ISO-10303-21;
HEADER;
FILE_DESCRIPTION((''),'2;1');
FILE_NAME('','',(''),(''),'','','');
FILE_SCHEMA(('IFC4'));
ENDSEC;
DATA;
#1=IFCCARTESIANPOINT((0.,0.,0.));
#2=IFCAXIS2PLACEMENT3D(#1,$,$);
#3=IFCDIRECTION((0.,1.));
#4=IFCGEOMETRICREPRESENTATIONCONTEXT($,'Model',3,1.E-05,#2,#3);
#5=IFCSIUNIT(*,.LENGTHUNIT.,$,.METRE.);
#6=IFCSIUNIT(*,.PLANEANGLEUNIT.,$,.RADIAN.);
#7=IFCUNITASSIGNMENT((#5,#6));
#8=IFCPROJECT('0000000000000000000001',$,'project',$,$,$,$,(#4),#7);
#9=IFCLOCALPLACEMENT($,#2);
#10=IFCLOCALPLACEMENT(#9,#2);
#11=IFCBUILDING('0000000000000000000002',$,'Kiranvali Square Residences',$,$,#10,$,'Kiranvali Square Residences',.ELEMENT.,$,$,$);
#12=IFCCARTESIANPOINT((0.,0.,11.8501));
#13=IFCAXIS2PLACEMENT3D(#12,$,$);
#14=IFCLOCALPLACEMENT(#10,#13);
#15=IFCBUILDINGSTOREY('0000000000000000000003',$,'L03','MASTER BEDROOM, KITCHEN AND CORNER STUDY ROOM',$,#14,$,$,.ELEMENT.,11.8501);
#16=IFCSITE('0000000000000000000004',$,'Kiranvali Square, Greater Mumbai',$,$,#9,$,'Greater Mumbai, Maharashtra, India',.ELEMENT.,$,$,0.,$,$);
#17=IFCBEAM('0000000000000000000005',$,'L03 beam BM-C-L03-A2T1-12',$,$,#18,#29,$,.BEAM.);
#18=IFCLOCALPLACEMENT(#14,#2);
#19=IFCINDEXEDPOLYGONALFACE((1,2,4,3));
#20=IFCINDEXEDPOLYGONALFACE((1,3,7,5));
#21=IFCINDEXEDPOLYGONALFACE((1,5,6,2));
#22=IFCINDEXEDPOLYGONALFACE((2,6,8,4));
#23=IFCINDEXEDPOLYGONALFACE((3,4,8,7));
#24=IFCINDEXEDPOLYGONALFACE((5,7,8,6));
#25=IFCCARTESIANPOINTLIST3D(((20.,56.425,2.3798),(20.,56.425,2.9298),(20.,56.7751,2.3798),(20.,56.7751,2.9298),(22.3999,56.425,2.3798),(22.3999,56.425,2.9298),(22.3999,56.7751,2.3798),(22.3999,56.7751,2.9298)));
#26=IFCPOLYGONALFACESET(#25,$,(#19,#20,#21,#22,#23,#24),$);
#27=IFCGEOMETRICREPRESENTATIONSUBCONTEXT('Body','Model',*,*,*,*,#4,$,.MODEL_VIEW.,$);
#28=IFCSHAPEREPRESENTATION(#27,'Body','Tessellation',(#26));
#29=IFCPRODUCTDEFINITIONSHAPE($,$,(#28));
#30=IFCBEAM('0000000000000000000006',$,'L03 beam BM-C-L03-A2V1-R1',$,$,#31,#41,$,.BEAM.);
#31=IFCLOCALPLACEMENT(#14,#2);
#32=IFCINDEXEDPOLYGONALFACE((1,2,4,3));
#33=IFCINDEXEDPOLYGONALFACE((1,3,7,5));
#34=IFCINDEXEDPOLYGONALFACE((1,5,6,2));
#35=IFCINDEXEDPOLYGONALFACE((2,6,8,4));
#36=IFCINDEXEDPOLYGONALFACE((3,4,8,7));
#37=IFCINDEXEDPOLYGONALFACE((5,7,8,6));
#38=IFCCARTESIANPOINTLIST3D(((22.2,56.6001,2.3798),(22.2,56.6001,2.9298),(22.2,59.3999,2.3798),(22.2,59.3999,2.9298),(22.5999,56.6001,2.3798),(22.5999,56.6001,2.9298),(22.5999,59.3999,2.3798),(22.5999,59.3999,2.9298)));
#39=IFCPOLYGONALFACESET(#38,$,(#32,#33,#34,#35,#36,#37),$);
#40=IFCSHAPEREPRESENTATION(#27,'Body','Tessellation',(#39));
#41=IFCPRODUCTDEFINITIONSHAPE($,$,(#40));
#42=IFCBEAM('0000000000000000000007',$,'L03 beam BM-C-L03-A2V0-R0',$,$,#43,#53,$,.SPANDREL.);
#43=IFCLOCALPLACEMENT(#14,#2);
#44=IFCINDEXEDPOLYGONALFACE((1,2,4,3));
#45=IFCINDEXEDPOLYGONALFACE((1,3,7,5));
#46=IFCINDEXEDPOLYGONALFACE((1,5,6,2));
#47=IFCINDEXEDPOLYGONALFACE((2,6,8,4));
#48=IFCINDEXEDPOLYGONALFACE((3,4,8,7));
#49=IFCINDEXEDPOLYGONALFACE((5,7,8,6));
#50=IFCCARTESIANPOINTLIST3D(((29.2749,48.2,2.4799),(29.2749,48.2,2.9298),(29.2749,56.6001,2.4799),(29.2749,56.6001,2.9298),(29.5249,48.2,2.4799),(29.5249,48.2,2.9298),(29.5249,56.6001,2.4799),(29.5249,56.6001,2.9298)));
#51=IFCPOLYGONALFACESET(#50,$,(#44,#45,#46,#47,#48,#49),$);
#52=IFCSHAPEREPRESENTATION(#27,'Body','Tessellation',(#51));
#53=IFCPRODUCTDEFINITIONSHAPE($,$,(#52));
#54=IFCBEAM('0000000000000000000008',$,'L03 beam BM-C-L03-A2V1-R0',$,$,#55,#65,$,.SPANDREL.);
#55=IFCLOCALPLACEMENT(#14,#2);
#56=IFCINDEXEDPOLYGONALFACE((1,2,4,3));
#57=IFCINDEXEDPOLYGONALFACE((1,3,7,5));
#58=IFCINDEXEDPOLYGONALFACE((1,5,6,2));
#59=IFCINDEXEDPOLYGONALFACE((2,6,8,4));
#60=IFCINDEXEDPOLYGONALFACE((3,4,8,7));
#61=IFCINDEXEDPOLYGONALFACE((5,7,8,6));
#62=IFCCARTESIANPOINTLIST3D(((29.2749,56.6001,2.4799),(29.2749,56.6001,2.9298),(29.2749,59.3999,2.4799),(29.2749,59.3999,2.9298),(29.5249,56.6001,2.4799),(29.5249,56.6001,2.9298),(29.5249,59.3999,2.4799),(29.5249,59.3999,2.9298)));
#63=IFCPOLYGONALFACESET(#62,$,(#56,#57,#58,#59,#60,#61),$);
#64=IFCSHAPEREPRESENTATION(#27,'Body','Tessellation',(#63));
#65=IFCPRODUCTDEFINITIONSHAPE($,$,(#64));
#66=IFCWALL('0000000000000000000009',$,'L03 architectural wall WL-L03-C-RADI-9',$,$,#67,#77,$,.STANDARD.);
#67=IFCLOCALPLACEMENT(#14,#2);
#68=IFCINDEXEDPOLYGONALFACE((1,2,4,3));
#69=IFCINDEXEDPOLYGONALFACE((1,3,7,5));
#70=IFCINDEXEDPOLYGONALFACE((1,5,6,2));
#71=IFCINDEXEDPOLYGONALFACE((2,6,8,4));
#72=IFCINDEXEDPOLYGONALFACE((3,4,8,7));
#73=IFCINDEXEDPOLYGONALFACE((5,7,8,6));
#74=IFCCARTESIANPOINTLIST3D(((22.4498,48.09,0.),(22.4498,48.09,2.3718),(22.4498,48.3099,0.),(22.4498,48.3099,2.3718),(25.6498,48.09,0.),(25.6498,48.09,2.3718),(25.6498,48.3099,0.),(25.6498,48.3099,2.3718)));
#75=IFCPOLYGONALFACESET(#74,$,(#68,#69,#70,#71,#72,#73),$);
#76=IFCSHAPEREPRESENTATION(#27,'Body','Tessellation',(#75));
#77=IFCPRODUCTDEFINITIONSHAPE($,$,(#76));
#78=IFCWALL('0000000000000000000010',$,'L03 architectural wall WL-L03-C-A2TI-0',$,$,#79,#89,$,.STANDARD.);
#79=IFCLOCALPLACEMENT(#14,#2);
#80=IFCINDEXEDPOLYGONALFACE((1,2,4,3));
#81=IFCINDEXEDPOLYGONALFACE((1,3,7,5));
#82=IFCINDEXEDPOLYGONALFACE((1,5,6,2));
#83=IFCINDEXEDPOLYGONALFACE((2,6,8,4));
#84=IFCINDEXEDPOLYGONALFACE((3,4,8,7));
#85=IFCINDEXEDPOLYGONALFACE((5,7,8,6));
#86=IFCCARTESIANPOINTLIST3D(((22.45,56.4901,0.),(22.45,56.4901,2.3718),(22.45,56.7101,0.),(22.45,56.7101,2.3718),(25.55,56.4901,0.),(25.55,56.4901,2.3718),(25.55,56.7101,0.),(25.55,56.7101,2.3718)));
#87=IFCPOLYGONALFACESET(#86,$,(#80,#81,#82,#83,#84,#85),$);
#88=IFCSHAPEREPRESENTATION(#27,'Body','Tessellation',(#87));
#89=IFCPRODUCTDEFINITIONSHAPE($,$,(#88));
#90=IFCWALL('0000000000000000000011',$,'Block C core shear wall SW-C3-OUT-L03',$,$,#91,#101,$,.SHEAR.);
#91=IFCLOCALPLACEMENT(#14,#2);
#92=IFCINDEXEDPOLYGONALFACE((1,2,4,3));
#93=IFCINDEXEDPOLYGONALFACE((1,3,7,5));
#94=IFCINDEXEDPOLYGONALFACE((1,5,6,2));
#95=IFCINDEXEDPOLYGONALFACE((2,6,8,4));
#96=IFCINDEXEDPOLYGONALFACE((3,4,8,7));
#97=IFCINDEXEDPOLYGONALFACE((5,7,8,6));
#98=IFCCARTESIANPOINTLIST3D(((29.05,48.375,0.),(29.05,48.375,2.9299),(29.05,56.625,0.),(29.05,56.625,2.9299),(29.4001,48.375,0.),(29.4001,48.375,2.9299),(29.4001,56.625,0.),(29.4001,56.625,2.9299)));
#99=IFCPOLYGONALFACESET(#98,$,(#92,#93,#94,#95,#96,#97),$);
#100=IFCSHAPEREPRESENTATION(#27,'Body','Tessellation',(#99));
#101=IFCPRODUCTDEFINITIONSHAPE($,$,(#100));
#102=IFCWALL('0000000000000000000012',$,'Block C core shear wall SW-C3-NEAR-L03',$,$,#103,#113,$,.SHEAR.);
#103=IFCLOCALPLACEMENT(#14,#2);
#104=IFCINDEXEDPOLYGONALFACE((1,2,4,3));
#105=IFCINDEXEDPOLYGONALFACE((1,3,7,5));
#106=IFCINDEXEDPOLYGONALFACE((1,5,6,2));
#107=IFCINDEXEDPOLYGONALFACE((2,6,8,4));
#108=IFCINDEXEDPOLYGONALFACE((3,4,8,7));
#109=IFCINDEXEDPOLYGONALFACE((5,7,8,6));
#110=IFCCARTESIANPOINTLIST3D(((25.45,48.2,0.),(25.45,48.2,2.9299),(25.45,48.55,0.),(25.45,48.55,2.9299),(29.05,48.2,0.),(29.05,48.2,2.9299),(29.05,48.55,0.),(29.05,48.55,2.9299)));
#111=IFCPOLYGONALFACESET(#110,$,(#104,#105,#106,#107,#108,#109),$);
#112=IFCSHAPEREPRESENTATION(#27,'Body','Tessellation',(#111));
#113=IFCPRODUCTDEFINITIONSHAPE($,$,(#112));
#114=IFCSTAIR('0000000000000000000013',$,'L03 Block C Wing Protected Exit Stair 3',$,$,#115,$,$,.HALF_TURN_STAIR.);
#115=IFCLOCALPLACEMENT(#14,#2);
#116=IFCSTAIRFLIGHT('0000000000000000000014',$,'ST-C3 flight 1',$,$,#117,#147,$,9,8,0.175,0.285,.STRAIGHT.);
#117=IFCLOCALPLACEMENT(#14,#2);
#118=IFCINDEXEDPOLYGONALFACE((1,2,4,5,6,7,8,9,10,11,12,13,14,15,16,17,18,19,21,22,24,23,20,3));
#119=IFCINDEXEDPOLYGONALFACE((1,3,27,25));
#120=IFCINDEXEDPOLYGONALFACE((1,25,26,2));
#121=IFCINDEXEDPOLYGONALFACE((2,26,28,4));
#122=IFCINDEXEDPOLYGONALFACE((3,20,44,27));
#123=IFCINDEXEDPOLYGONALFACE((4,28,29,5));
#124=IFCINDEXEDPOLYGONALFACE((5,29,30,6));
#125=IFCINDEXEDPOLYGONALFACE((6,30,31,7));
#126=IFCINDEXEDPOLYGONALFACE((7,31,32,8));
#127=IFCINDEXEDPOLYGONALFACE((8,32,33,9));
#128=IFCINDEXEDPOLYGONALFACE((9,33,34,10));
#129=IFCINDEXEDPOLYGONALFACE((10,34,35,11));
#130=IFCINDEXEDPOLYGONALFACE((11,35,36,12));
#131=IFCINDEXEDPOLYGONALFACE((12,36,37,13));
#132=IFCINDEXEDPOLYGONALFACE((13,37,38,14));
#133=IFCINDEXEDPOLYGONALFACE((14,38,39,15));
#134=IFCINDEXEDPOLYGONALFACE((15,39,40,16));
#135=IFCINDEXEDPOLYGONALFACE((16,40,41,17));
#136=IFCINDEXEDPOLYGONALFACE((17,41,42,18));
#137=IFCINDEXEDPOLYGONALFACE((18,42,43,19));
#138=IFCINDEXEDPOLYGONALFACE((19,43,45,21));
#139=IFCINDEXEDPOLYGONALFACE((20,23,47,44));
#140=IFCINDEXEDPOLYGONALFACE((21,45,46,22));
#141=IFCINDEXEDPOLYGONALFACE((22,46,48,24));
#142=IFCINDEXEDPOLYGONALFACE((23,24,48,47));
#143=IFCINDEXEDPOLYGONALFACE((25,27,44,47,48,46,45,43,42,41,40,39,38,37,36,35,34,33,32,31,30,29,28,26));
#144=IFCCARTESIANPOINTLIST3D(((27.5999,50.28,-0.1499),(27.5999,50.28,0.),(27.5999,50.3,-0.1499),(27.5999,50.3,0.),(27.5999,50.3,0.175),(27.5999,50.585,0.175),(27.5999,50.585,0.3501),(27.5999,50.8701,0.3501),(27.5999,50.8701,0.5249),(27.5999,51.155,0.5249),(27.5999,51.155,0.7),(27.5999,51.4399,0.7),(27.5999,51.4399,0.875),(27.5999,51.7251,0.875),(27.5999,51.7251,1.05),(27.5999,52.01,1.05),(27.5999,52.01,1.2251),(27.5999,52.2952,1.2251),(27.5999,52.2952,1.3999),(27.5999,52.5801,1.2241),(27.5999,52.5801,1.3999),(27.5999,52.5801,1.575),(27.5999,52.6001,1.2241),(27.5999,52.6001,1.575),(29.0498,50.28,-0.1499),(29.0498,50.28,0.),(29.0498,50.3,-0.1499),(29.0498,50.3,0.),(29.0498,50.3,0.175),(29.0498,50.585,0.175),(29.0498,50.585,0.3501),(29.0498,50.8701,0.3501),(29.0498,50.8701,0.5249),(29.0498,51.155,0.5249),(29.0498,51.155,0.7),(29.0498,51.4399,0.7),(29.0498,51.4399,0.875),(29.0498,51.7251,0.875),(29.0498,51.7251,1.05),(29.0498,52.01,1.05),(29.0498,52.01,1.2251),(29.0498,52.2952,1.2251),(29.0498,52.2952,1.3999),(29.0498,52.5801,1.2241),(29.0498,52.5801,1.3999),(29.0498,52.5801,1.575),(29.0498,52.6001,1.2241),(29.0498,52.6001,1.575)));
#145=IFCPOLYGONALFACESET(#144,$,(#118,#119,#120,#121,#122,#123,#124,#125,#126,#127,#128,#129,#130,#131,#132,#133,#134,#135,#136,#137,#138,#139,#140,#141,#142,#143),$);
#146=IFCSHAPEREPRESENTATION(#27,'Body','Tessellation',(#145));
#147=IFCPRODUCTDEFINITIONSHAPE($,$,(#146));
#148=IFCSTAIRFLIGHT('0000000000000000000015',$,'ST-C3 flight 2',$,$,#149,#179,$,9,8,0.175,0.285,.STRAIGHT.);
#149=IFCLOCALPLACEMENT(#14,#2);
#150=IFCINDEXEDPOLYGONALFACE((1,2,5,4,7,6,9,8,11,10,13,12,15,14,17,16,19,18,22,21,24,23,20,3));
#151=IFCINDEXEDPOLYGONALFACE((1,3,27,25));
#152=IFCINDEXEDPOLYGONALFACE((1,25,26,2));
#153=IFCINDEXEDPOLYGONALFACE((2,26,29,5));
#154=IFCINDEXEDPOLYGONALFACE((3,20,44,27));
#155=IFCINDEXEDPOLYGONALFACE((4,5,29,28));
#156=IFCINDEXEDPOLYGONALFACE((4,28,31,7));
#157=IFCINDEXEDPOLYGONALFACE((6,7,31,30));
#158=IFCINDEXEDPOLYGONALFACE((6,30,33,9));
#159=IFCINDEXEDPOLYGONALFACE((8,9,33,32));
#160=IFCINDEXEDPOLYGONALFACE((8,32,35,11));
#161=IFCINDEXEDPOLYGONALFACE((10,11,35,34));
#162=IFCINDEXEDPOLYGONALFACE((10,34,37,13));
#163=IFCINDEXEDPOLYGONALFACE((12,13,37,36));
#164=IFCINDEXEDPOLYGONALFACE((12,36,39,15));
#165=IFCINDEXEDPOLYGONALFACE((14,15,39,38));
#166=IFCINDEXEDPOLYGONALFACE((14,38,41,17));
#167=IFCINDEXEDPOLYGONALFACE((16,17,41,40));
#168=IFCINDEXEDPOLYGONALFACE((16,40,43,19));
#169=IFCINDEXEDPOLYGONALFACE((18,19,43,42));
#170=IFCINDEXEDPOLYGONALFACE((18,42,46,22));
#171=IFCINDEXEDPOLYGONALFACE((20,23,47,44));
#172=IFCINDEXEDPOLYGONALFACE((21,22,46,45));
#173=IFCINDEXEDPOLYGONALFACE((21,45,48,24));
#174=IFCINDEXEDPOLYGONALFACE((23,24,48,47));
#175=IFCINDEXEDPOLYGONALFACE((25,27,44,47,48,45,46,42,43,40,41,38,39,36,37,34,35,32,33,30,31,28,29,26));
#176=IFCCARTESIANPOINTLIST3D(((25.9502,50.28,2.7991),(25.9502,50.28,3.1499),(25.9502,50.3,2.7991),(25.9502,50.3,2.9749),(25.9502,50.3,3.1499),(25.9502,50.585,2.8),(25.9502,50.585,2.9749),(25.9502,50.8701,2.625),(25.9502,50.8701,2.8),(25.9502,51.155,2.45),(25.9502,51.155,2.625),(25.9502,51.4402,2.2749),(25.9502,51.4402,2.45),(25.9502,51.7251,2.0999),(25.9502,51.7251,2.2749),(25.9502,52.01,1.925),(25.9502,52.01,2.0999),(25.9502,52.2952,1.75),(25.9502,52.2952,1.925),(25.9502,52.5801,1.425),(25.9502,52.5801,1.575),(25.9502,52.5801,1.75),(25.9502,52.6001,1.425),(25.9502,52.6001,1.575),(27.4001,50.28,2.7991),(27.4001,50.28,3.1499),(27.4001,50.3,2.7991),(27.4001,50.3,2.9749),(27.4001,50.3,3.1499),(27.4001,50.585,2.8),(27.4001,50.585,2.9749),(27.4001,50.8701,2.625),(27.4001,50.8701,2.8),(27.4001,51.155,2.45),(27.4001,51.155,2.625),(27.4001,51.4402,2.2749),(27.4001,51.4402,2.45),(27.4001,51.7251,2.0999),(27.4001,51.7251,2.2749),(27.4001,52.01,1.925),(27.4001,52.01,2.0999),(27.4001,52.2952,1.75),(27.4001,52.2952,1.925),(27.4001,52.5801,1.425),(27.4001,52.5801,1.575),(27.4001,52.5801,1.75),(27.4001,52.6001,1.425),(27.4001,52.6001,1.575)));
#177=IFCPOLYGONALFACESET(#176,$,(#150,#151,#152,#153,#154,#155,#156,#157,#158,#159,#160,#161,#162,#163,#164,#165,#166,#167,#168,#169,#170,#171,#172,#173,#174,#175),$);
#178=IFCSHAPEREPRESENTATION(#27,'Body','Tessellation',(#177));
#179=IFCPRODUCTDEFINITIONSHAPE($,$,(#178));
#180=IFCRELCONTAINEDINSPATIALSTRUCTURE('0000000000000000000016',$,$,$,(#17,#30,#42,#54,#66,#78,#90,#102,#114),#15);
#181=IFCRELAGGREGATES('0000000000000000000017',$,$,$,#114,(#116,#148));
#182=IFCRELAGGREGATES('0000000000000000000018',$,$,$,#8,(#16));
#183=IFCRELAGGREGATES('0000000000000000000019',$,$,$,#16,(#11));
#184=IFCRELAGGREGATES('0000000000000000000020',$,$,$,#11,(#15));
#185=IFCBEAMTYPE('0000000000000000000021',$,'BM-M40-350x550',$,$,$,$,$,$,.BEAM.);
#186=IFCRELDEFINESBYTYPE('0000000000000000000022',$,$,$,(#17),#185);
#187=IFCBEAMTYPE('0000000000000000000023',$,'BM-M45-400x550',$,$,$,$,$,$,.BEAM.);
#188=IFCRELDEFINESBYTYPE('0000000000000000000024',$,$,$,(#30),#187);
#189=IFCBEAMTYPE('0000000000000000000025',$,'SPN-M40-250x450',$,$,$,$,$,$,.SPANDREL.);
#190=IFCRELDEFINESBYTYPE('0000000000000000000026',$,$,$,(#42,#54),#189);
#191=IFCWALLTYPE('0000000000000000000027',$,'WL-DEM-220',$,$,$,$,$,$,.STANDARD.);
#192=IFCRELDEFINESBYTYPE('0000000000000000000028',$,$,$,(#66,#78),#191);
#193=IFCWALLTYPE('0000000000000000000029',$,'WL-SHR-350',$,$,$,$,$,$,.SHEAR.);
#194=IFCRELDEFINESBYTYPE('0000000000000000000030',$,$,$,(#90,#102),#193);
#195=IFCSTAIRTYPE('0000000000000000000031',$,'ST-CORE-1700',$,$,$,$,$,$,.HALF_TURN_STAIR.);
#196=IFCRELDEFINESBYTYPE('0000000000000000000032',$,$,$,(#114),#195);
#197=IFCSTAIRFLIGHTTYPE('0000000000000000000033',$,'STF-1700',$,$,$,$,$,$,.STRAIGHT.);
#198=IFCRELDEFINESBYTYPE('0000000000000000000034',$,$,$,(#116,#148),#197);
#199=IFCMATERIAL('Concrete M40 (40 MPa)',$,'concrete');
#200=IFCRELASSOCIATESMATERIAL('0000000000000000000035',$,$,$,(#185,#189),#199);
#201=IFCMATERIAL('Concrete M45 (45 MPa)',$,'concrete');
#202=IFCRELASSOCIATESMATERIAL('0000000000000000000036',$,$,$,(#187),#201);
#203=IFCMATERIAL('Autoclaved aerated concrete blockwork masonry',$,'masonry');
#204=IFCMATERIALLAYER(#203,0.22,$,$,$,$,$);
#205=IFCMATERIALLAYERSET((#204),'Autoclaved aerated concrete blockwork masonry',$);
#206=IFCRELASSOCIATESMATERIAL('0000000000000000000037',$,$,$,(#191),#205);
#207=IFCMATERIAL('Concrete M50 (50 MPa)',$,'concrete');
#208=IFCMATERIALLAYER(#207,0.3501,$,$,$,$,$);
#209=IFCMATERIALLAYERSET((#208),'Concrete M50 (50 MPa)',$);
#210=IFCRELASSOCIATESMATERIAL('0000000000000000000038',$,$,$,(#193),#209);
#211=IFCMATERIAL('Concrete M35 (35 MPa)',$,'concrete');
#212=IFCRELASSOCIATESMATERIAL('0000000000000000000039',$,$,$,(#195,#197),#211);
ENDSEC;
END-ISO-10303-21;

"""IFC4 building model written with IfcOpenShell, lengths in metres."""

from ifc_helpers import new_model, si_unit, direction, frame, frame_2d, origin, origin_2d, place, context, subcontext, project, spatial, polyline, rectangle, outline, extrude, material, layer, layer_set, material_profile, profile_set, type_object, element, aggregate, save


model = new_model("IFC4")

# Units and contexts
model_context = context("Model", 3, precision=1e-05, world=origin(), true_north=direction((0.0, 1.0)))
body_context = subcontext(model_context, "Body", "Model", "MODEL_VIEW")
ifc_project = project(units=[si_unit("LENGTHUNIT", "METRE"), si_unit("PLANEANGLEUNIT", "RADIAN")], contexts=[model_context])

# Site, building, storey
site_placement = place(None, origin())
site = spatial("IfcSite", under=ifc_project, at=site_placement, Name="Kiranvali Square, Greater Mumbai", LongName="Greater Mumbai, Maharashtra, India", CompositionType="ELEMENT", RefElevation=0.0)
building_placement = place(site_placement, origin())
building = spatial("IfcBuilding", under=site, at=building_placement, Name="Kiranvali Square Residences", LongName="Kiranvali Square Residences", CompositionType="ELEMENT")
storey_placement = place(building_placement, frame((0.0, 0.0, 11.8501)))
storey = spatial("IfcBuildingStorey", under=building, at=storey_placement, Name="L03", Description="MASTER BEDROOM, KITCHEN AND CORNER STUDY ROOM", CompositionType="ELEMENT", Elevation=11.8501)

# Beams
ifc_material_1 = material(Name="Concrete M40 (40 MPa)", Category="concrete")
ifc_material_profile_1 = material_profile(ifc_material_1, rectangle(XDim=0.3501, YDim=0.55, at=origin_2d()), Name="RC 350x550")
ifc_profile_set_1 = profile_set([ifc_material_profile_1], Name="Concrete M40 (40 MPa)")
beam_type_1 = type_object("IfcBeamType", Name="BM-M40-350x550", PredefinedType="BEAM", material=ifc_profile_set_1)
beam_1_placement = place(storey_placement, frame((22.3999, 56.6001, 2.6548), z_axis=(-1.0, 0.0, 0.0), x_axis=(0.0, -1.0, 0.0)))
element("IfcBeam", 1, at=beam_1_placement, inside=storey, type_object=beam_type_1, Name="L03 beam BM-C-L03-A2T1-12", PredefinedType="BEAM", context=body_context, shape_type="SweptSolid", body=[
    extrude(rectangle(XDim=0.3501, YDim=0.55, at=origin_2d()), origin(), (0.0, 0.0, 1.0), 2.3999),
])
ifc_material_2 = material(Name="Concrete M45 (45 MPa)", Category="concrete")
ifc_material_profile_2 = material_profile(ifc_material_2, rectangle(XDim=0.3999, YDim=0.55, at=origin_2d()), Name="RC 400x550")
ifc_profile_set_2 = profile_set([ifc_material_profile_2], Name="Concrete M45 (45 MPa)")
beam_type_2 = type_object("IfcBeamType", Name="BM-M45-400x550", PredefinedType="BEAM", material=ifc_profile_set_2)
beam_2_placement = place(storey_placement, frame((22.3999, 56.6001, 2.6548), z_axis=(0.0, 1.0, 0.0), x_axis=(-1.0, 0.0, 0.0)))
element("IfcBeam", 2, at=beam_2_placement, inside=storey, type_object=beam_type_2, Name="L03 beam BM-C-L03-A2V1-R1", PredefinedType="BEAM", context=body_context, shape_type="SweptSolid", body=[
    extrude(rectangle(XDim=0.3999, YDim=0.55, at=origin_2d()), origin(), (0.0, 0.0, 1.0), 2.7998),
])
ifc_material_profile_3 = material_profile(ifc_material_1, rectangle(XDim=0.25, YDim=0.45, at=origin_2d()), Name="RC 250x450")
ifc_profile_set_3 = profile_set([ifc_material_profile_3], Name="Concrete M40 (40 MPa)")
beam_type_3 = type_object("IfcBeamType", Name="SPN-M40-250x450", PredefinedType="SPANDREL", material=ifc_profile_set_3)
beam_3_placement = place(storey_placement, frame((29.3999, 48.2, 2.7048), z_axis=(0.0, 1.0, 0.0), x_axis=(-1.0, 0.0, 0.0)))
element("IfcBeam", 3, at=beam_3_placement, inside=storey, type_object=beam_type_3, Name="L03 beam BM-C-L03-A2V0-R0", PredefinedType="SPANDREL", context=body_context, shape_type="SweptSolid", body=[
    extrude(rectangle(XDim=0.25, YDim=0.45, at=origin_2d()), origin(), (0.0, 0.0, 1.0), 8.4001),
])
beam_4_placement = place(storey_placement, frame((29.3999, 56.6001, 2.7048), z_axis=(0.0, 1.0, 0.0), x_axis=(-1.0, 0.0, 0.0)))
element("IfcBeam", 4, at=beam_4_placement, inside=storey, type_object=beam_type_3, Name="L03 beam BM-C-L03-A2V1-R0", PredefinedType="SPANDREL", context=body_context, shape_type="SweptSolid", body=[
    extrude(rectangle(XDim=0.25, YDim=0.45, at=origin_2d()), origin(), (0.0, 0.0, 1.0), 2.7998),
])

# Shared definitions
ifc_material_3 = material(Name="Autoclaved aerated concrete blockwork masonry", Category="masonry")

# Walls
ifc_layer_1 = layer(ifc_material_3, 0.22)
ifc_layer_set_1 = layer_set([ifc_layer_1], Name="Autoclaved aerated concrete blockwork masonry")
wall_type_1 = type_object("IfcWallType", Name="WL-DEM-220", PredefinedType="STANDARD", material=ifc_layer_set_1)
wall_1_placement = place(storey_placement, frame((25.6499, 48.2, 0.0), z_axis=(0.0, 0.0, 1.0), x_axis=(-1.0, 0.0, 0.0)))
element("IfcWall", 5, at=wall_1_placement, inside=storey, type_object=wall_type_1, Name="L03 architectural wall WL-L03-C-RADI-9", PredefinedType="STANDARD", context=body_context, shape_type="SweptSolid", body=[
    extrude(rectangle(XDim=3.2, YDim=0.22, at=frame_2d((1.6001, 0.0))), origin(), (0.0, 0.0, 1.0), 2.3718),
])
wall_2_placement = place(storey_placement, frame((25.55, 56.6001, 0.0), z_axis=(0.0, 0.0, 1.0), x_axis=(-1.0, 0.0, 0.0)))
element("IfcWall", 6, at=wall_2_placement, inside=storey, type_object=wall_type_1, Name="L03 architectural wall WL-L03-C-A2TI-0", PredefinedType="STANDARD", context=body_context, shape_type="SweptSolid", body=[
    extrude(rectangle(XDim=3.1001, YDim=0.22, at=frame_2d((1.55, 0.0))), origin(), (0.0, 0.0, 1.0), 2.3718),
])
ifc_material_4 = material(Name="Concrete M50 (50 MPa)", Category="concrete")
ifc_layer_2 = layer(ifc_material_4, 0.3501)
ifc_layer_set_2 = layer_set([ifc_layer_2], Name="Concrete M50 (50 MPa)")
wall_type_2 = type_object("IfcWallType", Name="WL-SHR-350", PredefinedType="SHEAR", material=ifc_layer_set_2)
wall_3_placement = place(storey_placement, frame((29.2251, 48.375, 0.0), z_axis=(0.0, 0.0, 1.0), x_axis=(0.0, 1.0, 0.0)))
element("IfcWall", 7, at=wall_3_placement, inside=storey, type_object=wall_type_2, Name="Block C core shear wall SW-C3-OUT-L03", PredefinedType="SHEAR", context=body_context, shape_type="SweptSolid", body=[
    extrude(rectangle(XDim=8.25, YDim=0.3501, at=frame_2d((4.125, 0.0))), origin(), (0.0, 0.0, 1.0), 2.9299),
])

# Wall
wall_4_placement = place(storey_placement, frame((29.05, 48.375, 0.0), z_axis=(0.0, 0.0, 1.0), x_axis=(-1.0, 0.0, 0.0)))
element("IfcWall", 8, at=wall_4_placement, inside=storey, type_object=wall_type_2, Name="Block C core shear wall SW-C3-NEAR-L03", PredefinedType="SHEAR", context=body_context, shape_type="SweptSolid", body=[
    extrude(rectangle(XDim=3.6001, YDim=0.3501, at=frame_2d((1.8, 0.0))), origin(), (0.0, 0.0, 1.0), 2.9299),
])

# Stair, stair flights
ifc_material_5 = material(Name="Concrete M35 (35 MPa)", Category="concrete")
stair_type = type_object("IfcStairType", Name="ST-CORE-1700", PredefinedType="HALF_TURN_STAIR", material=ifc_material_5)
stair_placement = place(storey_placement, origin())
stair = element("IfcStair", 9, at=stair_placement, inside=storey, type_object=stair_type, Name="L03 Block C Wing Protected Exit Stair 3", PredefinedType="HALF_TURN_STAIR")
stair_flight_type = type_object("IfcStairFlightType", Name="STF-1700", PredefinedType="STRAIGHT", material=ifc_material_5)
stair_flight_1_placement = place(storey_placement, frame((28.325, 50.3, 0.0), z_axis=(0.0, 0.0, 1.0), x_axis=(0.0, 1.0, 0.0)))
stair_flight_1 = element("IfcStairFlight", 10, at=stair_flight_1_placement, type_object=stair_flight_type, Name="ST-C3 flight 1", NumberOfRisers=9, NumberOfTreads=8, PredefinedType="STRAIGHT", RiserHeight=0.175, TreadLength=0.285, context=body_context, shape_type="SweptSolid", body=[
    extrude(outline(polyline([(-0.02, -0.1499), (-0.02, 0.0), (0.0, 0.0), (0.0, 0.175), (0.2849, 0.175), (0.2849, 0.3501), (0.5701, 0.3501), (0.5701, 0.5249), (0.855, 0.5249), (0.855, 0.7), (1.1399, 0.7), (1.1399, 0.875), (1.425, 0.875), (1.425, 1.05), (1.71, 1.05), (1.71, 1.2251), (1.9951, 1.2251), (1.9951, 1.3999), (2.28, 1.3999), (2.28, 1.575), (2.3, 1.575), (2.3, 1.2241), (2.28, 1.2241), (0.0, -0.1499), (-0.02, -0.1499)])), frame((0.0, 0.7251, 0.0), z_axis=(0.0, -1.0, 0.0), x_axis=(1.0, 0.0, 0.0)), (0.0, 0.0, 1.0), 1.45),
])
stair_flight_2_placement = place(storey_placement, frame((26.675, 52.5801, 1.575), z_axis=(0.0, 0.0, 1.0), x_axis=(0.0, -1.0, 0.0)))
stair_flight_2 = element("IfcStairFlight", 11, at=stair_flight_2_placement, type_object=stair_flight_type, Name="ST-C3 flight 2", NumberOfRisers=9, NumberOfTreads=8, PredefinedType="STRAIGHT", RiserHeight=0.175, TreadLength=0.285, context=body_context, shape_type="SweptSolid", body=[
    extrude(outline(polyline([(-0.02, -0.1499), (-0.02, 0.0), (0.0, 0.0), (0.0, 0.175), (0.2849, 0.175), (0.2849, 0.3501), (0.5701, 0.3501), (0.5701, 0.5249), (0.855, 0.5249), (0.855, 0.7), (1.1399, 0.7), (1.1399, 0.875), (1.425, 0.875), (1.425, 1.05), (1.71, 1.05), (1.71, 1.2251), (1.9951, 1.2251), (1.9951, 1.3999), (2.28, 1.3999), (2.28, 1.575), (2.3, 1.575), (2.3, 1.2241), (2.28, 1.2241), (0.0, -0.1499), (-0.02, -0.1499)])), frame((0.0, 0.7251, 0.0), z_axis=(0.0, -1.0, 0.0), x_axis=(1.0, 0.0, 0.0)), (0.0, 0.0, 1.0), 1.45),
])
aggregate(stair, [stair_flight_1, stair_flight_2])

save(model, "model.ifc")
